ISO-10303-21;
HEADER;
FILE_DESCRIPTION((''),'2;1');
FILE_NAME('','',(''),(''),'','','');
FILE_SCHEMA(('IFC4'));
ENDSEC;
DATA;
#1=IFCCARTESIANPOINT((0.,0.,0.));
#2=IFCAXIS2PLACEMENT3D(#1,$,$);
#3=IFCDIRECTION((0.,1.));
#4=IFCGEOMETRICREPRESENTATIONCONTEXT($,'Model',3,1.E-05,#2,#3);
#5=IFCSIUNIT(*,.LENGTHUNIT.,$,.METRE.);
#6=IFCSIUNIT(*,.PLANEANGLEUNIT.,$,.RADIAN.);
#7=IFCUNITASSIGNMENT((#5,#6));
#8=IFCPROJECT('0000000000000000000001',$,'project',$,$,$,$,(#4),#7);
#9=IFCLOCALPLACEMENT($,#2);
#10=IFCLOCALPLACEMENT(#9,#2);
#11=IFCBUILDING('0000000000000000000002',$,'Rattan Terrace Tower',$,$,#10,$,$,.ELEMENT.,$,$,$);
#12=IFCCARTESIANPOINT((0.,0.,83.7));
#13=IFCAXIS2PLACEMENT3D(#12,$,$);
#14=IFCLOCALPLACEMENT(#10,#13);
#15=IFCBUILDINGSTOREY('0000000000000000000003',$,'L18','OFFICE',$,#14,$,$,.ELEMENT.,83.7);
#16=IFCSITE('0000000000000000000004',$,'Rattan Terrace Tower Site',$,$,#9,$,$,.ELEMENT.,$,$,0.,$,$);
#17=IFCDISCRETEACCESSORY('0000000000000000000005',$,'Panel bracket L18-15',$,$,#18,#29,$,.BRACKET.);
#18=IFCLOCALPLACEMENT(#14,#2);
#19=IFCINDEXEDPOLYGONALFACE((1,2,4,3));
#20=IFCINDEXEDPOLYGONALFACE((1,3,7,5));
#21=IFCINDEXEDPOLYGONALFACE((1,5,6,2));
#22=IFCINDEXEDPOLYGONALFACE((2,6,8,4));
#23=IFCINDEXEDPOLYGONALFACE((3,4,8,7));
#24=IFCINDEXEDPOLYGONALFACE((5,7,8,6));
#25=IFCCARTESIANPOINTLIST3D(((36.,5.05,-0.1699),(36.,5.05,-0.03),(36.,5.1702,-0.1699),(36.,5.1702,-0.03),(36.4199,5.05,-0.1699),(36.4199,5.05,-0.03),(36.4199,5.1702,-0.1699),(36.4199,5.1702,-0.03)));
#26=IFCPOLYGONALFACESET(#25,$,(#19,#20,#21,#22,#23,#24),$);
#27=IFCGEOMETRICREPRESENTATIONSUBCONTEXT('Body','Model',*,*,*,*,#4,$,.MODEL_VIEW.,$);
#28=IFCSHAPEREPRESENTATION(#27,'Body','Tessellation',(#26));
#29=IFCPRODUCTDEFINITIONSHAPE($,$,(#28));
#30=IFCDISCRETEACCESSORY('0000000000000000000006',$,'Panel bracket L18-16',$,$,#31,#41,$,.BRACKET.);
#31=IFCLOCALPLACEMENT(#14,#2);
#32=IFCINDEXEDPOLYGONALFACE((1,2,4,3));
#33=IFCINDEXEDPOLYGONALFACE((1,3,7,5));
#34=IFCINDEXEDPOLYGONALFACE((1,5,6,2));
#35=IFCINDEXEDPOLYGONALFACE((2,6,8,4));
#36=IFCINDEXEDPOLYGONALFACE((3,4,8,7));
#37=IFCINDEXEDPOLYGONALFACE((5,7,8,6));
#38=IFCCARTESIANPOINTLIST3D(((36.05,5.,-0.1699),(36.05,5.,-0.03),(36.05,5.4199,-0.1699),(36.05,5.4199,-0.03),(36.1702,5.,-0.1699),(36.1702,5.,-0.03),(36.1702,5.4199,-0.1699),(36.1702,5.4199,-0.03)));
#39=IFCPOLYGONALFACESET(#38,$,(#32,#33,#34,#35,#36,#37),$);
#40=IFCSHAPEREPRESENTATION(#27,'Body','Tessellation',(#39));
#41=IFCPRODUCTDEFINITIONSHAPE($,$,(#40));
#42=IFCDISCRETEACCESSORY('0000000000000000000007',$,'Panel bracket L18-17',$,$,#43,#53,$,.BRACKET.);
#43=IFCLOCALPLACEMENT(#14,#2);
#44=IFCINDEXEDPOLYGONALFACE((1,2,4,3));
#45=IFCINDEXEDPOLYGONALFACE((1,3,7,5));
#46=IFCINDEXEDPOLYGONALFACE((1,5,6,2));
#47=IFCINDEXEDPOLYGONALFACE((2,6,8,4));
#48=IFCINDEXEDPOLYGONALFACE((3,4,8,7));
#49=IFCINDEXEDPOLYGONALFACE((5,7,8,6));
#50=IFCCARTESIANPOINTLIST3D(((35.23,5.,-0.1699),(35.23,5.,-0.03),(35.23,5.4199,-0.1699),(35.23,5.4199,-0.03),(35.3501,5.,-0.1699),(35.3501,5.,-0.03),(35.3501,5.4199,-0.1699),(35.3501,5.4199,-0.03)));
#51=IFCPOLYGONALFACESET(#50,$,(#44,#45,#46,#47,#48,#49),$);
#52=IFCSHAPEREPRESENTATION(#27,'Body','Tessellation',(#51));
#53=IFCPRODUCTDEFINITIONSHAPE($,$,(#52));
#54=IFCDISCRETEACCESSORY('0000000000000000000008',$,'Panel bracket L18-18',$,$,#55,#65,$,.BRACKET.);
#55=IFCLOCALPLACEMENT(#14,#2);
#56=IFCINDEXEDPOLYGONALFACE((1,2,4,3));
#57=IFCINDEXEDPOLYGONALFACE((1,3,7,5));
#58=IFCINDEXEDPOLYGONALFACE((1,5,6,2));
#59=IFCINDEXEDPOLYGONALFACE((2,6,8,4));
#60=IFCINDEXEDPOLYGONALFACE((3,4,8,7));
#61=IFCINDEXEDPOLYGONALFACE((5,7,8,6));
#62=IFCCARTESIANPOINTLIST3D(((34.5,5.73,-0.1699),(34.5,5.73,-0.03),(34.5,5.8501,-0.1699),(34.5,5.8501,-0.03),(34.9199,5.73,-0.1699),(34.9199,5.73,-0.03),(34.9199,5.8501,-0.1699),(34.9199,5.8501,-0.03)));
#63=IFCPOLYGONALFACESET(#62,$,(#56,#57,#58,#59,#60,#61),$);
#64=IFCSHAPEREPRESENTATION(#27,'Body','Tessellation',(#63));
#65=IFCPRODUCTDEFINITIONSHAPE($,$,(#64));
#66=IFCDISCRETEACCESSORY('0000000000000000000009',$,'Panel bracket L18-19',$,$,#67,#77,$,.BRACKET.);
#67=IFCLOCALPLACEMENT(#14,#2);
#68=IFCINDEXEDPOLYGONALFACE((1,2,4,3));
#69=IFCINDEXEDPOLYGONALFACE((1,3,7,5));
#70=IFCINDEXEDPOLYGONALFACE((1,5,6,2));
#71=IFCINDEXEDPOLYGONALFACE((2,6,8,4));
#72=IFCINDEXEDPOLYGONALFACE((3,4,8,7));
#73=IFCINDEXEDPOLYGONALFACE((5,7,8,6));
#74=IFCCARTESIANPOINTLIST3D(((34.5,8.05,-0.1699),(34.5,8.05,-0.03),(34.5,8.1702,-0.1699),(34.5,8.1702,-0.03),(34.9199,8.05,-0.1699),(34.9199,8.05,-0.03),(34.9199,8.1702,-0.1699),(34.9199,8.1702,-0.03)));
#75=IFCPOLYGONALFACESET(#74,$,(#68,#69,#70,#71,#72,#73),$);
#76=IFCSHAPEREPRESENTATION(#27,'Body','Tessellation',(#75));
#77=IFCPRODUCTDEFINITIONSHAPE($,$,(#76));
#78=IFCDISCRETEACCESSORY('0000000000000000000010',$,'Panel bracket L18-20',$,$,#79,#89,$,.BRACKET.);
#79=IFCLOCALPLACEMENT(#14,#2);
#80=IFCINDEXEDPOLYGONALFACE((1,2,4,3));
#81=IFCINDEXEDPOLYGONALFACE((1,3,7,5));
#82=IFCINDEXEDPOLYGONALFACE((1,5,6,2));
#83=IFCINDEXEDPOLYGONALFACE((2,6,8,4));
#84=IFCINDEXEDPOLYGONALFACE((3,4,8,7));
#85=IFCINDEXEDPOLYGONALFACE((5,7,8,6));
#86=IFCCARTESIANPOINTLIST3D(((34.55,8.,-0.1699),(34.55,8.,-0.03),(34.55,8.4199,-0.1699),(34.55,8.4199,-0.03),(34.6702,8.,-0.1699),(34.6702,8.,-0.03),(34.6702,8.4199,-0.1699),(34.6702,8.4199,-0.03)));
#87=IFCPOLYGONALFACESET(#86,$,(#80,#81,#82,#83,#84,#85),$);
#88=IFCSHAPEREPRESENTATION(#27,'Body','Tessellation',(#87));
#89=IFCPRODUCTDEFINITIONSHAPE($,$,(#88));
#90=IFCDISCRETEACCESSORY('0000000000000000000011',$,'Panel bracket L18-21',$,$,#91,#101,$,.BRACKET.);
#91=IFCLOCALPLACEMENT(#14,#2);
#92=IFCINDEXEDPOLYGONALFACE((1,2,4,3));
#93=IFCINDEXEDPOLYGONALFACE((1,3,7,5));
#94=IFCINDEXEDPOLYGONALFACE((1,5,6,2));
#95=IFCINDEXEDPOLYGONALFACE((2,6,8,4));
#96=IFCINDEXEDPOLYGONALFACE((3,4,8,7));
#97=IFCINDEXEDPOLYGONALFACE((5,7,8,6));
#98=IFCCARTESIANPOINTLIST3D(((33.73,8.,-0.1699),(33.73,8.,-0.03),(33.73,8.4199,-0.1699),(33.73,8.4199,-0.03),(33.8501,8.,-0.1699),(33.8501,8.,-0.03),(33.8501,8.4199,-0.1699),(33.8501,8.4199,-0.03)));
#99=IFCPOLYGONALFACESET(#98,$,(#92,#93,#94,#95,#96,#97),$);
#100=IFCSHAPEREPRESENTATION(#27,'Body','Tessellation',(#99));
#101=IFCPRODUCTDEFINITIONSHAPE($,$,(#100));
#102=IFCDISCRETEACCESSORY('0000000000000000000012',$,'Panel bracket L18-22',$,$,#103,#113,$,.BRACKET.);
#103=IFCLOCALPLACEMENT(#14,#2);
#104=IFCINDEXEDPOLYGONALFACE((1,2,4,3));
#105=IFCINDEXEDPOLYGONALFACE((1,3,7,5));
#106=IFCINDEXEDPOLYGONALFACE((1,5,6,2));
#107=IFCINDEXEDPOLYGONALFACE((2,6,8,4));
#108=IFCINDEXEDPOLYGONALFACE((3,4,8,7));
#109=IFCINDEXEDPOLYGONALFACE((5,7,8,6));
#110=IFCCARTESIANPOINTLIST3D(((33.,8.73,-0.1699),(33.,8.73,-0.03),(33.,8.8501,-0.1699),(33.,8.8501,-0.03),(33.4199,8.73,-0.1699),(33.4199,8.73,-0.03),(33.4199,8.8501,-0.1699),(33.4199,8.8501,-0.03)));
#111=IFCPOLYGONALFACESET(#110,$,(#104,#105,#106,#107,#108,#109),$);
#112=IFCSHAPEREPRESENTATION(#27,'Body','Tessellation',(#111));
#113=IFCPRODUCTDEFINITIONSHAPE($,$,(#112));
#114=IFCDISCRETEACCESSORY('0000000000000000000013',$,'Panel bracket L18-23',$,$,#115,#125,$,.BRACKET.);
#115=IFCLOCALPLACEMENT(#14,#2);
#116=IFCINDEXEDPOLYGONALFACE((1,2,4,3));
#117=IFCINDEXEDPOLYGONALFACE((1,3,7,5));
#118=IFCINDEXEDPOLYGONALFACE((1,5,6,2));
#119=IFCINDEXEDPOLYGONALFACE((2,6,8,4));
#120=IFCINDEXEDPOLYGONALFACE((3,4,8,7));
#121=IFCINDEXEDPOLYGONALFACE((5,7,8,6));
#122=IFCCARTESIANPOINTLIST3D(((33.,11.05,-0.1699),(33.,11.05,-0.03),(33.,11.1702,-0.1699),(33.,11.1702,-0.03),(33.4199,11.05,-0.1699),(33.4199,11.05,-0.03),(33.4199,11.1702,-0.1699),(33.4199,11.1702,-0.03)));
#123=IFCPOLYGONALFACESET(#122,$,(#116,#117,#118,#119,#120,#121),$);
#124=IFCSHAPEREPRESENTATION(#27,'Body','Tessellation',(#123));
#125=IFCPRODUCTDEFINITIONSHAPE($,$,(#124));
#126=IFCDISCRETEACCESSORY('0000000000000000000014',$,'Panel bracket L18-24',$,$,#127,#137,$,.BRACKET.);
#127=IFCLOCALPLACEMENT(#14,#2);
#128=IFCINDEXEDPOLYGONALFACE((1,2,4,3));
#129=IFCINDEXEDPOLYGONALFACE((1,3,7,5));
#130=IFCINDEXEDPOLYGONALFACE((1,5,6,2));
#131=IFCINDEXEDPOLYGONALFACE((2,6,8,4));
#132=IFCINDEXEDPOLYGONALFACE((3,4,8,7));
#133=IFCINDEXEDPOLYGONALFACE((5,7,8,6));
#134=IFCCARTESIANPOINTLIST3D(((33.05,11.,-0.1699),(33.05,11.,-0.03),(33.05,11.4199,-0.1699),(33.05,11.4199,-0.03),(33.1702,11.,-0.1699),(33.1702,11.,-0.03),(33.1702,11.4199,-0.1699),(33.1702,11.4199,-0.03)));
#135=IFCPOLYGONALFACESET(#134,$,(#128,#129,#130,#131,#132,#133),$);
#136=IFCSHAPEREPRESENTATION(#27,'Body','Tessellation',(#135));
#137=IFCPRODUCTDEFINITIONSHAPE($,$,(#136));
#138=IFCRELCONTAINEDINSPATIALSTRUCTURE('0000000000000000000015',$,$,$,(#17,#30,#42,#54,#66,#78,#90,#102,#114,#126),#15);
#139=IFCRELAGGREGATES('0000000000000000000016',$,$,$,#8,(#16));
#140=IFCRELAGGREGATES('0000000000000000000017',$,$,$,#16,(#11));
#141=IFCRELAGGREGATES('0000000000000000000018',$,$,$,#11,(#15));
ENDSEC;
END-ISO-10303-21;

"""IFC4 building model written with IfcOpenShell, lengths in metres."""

from ifc_helpers import new_model, si_unit, direction, frame, origin, origin_2d, place, context, subcontext, project, spatial, rectangle, extrude, element, save


model = new_model("IFC4")

# Units and contexts
model_context = context("Model", 3, precision=1e-05, world=origin(), true_north=direction((0.0, 1.0)))
body_context = subcontext(model_context, "Body", "Model", "MODEL_VIEW")
ifc_project = project(units=[si_unit("LENGTHUNIT", "METRE"), si_unit("PLANEANGLEUNIT", "RADIAN")], contexts=[model_context])

# Site, building, storey
site_placement = place(None, origin())
site = spatial("IfcSite", under=ifc_project, at=site_placement, Name="Rattan Terrace Tower Site", CompositionType="ELEMENT", RefElevation=0.0)
building_placement = place(site_placement, origin())
building = spatial("IfcBuilding", under=site, at=building_placement, Name="Rattan Terrace Tower", CompositionType="ELEMENT")
storey_placement = place(building_placement, frame((0.0, 0.0, 83.7)))
storey = spatial("IfcBuildingStorey", under=building, at=storey_placement, Name="L18", Description="OFFICE", CompositionType="ELEMENT", Elevation=83.7)

# Discrete accessories
for number, where, z_axis, x_axis, name in (
    (1, (36.21, 5.1101, -0.1699), (0.0, 0.0, 1.0), (0.0, 1.0, 0.0), "Panel bracket L18-15"),
    (2, (36.1101, 5.21, -0.1699), (0.0, 0.0, 1.0), (-1.0, 0.0, 0.0), "Panel bracket L18-16"),
    (3, (35.29, 5.21, -0.1699), (0.0, 0.0, 1.0), (-1.0, 0.0, 0.0), "Panel bracket L18-17"),
    (4, (34.71, 5.79, -0.1699), (0.0, 0.0, 1.0), (0.0, 1.0, 0.0), "Panel bracket L18-18"),
    (5, (34.71, 8.1101, -0.1699), (0.0, 0.0, 1.0), (0.0, 1.0, 0.0), "Panel bracket L18-19"),
    (6, (34.6101, 8.21, -0.1699), (0.0, 0.0, 1.0), (-1.0, 0.0, 0.0), "Panel bracket L18-20"),
    (7, (33.79, 8.21, -0.1699), (0.0, 0.0, 1.0), (-1.0, 0.0, 0.0), "Panel bracket L18-21"),
    (8, (33.21, 8.79, -0.1699), (0.0, 0.0, 1.0), (0.0, 1.0, 0.0), "Panel bracket L18-22"),
    (9, (33.21, 11.1101, -0.1699), (0.0, 0.0, 1.0), (0.0, 1.0, 0.0), "Panel bracket L18-23"),
    (10, (33.1101, 11.21, -0.1699), (0.0, 0.0, 1.0), (-1.0, 0.0, 0.0), "Panel bracket L18-24"),
):
    element("IfcDiscreteAccessory", number, at=place(storey_placement, frame(where, z_axis=z_axis, x_axis=x_axis)), inside=storey, Name=name, PredefinedType="BRACKET", context=body_context, shape_type="SweptSolid", body=[
        extrude(rectangle(XDim=0.1201, YDim=0.4199, at=origin_2d()), origin(), (0.0, 0.0, 1.0), 0.1399),
    ])

save(model, "model.ifc")
